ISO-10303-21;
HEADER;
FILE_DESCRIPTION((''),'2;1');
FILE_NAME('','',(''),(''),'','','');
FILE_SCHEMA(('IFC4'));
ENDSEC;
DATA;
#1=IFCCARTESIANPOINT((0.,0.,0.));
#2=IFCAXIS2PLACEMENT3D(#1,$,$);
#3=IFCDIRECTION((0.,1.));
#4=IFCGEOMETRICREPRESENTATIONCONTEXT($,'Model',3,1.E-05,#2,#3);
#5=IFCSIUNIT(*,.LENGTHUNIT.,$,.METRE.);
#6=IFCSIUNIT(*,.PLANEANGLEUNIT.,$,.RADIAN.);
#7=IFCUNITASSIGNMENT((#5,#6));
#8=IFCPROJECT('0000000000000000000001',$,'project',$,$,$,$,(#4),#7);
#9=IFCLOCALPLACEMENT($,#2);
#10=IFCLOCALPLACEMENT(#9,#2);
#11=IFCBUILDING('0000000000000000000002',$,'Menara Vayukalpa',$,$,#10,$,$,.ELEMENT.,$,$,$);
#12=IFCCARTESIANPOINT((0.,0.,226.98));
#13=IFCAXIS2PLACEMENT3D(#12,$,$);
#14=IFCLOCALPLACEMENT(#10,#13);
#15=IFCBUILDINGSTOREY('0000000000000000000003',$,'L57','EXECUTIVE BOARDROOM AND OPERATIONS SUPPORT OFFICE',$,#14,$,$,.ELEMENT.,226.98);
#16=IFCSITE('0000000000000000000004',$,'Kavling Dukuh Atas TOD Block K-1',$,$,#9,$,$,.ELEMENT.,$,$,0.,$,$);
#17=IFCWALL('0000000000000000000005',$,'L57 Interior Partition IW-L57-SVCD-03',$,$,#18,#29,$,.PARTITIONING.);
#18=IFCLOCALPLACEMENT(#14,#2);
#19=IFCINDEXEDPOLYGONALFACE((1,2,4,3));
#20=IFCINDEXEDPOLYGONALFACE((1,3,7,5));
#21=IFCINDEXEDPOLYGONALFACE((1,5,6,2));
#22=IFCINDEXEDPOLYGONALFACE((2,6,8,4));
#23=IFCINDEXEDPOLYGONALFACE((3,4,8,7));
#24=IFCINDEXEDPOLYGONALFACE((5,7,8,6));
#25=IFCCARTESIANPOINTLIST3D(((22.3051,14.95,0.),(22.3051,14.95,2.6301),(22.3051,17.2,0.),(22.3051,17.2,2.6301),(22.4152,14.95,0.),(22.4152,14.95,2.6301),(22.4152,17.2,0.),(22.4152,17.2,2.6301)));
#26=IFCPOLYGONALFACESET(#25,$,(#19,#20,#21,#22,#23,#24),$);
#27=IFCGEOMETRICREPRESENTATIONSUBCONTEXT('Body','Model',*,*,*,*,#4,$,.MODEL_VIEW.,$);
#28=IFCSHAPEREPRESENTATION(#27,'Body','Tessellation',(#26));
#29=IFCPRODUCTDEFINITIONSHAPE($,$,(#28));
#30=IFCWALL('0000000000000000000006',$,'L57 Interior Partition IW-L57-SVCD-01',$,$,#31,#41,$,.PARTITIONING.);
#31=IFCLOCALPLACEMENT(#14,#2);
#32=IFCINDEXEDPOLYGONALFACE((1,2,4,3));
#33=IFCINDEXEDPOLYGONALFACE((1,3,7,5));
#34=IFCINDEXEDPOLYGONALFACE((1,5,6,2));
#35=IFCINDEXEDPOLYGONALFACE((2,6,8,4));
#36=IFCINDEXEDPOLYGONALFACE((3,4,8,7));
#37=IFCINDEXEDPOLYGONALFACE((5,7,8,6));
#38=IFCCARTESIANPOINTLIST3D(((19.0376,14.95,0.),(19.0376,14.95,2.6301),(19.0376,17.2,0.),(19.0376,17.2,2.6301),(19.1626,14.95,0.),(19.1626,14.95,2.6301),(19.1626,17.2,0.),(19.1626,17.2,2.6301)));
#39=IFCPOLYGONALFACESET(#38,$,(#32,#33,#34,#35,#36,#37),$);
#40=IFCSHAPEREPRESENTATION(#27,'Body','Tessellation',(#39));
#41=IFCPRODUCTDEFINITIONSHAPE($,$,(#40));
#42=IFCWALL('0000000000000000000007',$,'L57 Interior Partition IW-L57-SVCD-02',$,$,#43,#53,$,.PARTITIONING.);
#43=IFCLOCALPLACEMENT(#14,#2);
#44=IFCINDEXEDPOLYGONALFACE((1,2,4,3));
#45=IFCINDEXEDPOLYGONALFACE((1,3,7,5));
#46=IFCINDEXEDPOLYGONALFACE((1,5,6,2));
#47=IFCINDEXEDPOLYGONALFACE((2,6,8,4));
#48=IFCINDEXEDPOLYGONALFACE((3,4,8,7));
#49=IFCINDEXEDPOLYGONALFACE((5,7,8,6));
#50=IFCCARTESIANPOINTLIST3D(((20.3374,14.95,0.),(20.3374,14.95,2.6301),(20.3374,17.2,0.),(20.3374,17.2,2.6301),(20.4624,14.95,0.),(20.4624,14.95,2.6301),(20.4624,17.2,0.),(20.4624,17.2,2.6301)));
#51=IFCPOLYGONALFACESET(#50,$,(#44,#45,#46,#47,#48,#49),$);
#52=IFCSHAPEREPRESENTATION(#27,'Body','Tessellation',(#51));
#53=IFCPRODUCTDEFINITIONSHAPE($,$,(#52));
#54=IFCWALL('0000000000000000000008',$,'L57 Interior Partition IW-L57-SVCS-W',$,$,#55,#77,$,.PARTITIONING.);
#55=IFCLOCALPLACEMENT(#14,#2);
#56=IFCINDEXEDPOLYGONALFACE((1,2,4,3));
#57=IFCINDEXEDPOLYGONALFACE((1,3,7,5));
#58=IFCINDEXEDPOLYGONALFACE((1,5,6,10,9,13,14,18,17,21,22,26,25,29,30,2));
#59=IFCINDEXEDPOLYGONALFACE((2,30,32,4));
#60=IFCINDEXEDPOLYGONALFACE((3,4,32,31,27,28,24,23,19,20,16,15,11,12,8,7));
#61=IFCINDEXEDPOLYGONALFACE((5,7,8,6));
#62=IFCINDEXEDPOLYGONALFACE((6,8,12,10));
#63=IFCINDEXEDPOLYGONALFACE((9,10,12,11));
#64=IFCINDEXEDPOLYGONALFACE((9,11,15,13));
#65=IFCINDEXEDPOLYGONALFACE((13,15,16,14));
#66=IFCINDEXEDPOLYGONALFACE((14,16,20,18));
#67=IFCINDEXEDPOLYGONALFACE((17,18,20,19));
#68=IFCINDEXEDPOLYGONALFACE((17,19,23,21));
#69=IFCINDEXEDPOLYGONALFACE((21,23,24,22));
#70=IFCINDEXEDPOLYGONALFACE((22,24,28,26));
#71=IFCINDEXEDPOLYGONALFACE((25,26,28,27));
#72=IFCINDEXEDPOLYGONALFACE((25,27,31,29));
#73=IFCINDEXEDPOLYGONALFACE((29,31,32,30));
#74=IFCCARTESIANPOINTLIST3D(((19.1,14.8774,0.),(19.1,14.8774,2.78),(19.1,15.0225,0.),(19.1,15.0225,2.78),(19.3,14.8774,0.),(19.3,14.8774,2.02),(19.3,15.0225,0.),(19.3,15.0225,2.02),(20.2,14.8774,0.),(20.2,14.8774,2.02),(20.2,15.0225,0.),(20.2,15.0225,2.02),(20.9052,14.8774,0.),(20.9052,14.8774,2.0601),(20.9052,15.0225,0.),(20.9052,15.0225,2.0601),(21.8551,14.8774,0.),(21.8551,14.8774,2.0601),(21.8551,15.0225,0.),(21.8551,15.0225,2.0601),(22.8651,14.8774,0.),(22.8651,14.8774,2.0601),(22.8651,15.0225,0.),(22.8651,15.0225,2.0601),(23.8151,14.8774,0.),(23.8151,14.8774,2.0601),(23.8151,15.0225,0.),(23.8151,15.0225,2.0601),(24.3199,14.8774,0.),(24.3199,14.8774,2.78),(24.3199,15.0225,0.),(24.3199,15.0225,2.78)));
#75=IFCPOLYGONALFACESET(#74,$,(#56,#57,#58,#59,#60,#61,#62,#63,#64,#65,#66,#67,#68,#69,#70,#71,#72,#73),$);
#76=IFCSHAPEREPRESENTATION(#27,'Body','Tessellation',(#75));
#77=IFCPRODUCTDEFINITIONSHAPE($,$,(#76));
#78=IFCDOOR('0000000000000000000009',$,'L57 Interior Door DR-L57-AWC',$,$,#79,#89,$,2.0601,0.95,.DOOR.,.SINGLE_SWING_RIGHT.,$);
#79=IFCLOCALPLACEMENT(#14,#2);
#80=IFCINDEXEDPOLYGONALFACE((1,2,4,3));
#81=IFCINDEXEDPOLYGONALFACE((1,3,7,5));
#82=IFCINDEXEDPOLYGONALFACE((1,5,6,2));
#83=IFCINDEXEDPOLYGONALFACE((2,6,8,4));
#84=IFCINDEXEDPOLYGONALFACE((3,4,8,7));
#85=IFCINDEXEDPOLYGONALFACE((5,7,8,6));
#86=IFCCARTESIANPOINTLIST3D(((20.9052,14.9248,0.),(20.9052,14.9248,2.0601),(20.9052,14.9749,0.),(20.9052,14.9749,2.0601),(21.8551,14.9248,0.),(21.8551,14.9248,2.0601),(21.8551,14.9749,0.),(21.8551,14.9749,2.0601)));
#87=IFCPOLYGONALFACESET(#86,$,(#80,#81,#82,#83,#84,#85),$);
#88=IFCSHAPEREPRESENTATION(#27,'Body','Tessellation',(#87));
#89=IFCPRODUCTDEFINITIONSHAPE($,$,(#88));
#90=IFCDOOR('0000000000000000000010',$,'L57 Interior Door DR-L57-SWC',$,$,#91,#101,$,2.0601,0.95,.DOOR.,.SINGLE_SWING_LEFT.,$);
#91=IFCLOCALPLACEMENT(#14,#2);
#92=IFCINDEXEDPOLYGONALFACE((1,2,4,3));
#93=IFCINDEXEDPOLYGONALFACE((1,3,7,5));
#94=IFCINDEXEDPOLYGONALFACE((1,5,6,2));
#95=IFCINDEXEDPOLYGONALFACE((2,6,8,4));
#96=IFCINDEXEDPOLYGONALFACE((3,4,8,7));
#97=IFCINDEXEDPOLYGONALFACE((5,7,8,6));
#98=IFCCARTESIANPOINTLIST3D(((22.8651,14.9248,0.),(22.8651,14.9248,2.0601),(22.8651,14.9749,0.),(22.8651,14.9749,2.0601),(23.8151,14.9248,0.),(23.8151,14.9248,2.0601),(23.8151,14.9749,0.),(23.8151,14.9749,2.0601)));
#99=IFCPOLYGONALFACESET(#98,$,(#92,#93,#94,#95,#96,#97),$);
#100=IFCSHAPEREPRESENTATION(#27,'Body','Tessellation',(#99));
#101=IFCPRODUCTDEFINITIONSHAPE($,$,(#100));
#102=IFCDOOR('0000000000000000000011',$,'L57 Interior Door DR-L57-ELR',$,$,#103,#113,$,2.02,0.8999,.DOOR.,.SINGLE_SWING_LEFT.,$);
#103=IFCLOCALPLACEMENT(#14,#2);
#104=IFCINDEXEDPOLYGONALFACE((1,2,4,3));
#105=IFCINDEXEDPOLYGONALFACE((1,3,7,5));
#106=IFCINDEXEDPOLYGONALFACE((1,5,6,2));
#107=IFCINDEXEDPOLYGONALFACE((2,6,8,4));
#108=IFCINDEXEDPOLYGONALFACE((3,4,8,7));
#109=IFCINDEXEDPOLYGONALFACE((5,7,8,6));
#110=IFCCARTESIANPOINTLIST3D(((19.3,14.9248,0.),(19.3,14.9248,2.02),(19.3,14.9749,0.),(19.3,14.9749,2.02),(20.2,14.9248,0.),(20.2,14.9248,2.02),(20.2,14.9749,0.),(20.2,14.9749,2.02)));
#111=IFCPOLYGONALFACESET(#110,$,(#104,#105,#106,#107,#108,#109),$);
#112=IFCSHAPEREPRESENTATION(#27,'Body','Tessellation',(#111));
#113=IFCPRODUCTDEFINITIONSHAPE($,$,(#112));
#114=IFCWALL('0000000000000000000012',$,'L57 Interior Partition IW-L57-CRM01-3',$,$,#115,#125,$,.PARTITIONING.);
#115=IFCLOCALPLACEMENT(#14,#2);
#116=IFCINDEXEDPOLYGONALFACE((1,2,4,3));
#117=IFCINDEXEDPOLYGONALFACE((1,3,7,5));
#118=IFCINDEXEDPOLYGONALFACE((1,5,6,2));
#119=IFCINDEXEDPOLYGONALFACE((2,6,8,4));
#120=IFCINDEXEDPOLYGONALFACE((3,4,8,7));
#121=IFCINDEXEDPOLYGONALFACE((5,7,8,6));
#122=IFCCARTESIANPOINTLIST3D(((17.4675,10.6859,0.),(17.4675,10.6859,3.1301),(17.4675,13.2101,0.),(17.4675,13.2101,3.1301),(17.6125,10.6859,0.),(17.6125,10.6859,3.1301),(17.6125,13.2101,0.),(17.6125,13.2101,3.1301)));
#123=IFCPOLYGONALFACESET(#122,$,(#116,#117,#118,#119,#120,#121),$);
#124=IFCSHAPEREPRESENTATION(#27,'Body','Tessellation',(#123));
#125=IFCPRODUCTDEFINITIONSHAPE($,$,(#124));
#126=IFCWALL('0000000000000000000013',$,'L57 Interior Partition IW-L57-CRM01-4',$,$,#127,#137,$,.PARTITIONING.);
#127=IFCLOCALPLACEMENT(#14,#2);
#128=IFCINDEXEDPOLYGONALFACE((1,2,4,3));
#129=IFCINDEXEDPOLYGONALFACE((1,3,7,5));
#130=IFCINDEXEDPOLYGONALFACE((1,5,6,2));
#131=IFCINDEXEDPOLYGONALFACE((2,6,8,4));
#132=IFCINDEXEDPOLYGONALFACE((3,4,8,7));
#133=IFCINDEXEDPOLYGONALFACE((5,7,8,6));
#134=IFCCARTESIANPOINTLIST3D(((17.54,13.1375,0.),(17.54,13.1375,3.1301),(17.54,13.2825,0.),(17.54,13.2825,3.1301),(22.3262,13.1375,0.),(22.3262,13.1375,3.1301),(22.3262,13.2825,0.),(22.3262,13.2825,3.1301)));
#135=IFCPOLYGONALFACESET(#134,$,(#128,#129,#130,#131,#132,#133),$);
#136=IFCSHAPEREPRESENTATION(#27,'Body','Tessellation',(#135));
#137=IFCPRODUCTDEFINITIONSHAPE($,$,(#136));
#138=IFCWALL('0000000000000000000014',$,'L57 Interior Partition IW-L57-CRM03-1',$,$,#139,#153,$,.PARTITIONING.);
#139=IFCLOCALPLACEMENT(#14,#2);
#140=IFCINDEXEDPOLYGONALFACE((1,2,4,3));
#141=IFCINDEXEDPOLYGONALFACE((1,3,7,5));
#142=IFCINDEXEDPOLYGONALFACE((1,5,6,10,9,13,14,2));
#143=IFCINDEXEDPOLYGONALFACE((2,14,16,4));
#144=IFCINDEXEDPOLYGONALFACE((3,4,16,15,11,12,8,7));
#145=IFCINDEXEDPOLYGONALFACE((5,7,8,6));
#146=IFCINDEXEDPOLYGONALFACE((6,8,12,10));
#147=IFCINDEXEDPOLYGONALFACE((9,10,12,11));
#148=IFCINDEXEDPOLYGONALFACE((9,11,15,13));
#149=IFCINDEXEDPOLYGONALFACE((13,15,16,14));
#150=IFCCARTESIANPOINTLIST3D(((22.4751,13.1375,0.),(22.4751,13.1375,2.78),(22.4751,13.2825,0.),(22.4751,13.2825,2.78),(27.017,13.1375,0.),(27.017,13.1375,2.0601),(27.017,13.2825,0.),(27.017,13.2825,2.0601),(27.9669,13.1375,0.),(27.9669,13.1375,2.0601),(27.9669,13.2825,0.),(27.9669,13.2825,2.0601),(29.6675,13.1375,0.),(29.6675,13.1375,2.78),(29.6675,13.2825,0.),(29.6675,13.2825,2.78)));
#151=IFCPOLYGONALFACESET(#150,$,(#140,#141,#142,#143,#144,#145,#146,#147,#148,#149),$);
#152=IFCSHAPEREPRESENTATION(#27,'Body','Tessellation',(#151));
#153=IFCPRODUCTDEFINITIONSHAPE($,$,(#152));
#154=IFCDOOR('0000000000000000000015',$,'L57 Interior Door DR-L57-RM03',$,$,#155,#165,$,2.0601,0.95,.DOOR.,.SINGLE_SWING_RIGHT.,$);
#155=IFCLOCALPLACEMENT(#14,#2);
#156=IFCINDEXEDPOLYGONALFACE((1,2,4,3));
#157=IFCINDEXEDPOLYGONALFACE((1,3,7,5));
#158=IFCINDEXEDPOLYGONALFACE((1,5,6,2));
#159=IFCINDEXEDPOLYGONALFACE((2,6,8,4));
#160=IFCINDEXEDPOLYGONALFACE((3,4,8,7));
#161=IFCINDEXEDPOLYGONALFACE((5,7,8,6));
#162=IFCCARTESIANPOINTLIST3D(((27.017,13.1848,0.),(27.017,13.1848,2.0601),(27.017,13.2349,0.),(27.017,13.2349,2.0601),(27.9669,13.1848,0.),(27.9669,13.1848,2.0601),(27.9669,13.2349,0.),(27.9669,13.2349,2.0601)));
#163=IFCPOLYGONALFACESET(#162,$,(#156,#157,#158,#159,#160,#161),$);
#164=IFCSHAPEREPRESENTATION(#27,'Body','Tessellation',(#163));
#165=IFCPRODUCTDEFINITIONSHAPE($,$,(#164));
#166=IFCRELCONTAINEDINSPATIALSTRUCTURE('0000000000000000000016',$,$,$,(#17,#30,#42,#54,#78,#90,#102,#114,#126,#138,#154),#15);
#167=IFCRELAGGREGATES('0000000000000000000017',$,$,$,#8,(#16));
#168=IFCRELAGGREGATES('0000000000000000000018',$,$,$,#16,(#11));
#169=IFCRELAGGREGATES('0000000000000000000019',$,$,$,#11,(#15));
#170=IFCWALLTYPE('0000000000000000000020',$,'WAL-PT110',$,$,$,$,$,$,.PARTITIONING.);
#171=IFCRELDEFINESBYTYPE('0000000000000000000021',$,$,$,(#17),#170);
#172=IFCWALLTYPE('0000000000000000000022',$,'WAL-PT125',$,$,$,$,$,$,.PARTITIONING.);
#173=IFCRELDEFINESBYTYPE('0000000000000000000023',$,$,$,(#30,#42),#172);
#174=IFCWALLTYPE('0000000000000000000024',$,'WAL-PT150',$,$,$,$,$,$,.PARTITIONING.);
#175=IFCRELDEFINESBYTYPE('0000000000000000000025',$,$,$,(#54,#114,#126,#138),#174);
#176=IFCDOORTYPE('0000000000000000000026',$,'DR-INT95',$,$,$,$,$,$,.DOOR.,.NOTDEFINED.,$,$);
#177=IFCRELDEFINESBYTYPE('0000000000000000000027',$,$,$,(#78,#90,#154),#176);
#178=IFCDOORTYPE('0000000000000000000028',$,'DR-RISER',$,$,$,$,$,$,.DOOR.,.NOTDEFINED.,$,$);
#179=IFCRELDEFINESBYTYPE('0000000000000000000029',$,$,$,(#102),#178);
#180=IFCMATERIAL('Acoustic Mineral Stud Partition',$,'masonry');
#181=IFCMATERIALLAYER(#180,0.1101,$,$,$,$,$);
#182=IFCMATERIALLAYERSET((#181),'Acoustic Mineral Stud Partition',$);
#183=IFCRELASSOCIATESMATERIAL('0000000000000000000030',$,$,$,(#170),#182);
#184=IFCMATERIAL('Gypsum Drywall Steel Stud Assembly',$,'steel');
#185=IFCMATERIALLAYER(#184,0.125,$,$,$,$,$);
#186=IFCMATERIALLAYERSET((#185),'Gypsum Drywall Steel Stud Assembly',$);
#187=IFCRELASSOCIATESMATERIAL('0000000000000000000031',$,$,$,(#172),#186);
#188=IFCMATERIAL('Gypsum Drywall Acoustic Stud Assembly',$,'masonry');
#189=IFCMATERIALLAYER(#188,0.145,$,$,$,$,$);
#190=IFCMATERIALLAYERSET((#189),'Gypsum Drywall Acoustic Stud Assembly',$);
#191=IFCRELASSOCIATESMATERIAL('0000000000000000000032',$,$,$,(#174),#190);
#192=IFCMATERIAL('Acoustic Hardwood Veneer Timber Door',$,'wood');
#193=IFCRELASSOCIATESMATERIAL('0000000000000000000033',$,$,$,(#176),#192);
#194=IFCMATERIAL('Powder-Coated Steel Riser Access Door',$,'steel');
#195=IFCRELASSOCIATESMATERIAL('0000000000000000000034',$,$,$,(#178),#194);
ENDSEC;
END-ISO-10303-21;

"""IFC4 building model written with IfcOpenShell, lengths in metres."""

from ifc_helpers import new_model, si_unit, direction, frame, frame_2d, origin, place, context, subcontext, project, spatial, rectangle, extrude, material, layer, layer_set, type_object, element, fill, save


model = new_model("IFC4")

# Units and contexts
model_context = context("Model", 3, precision=1e-05, world=origin(), true_north=direction((0.0, 1.0)))
body_context = subcontext(model_context, "Body", "Model", "MODEL_VIEW")
ifc_project = project(units=[si_unit("LENGTHUNIT", "METRE"), si_unit("PLANEANGLEUNIT", "RADIAN")], contexts=[model_context])

# Site, building, storey
site_placement = place(None, origin())
site = spatial("IfcSite", under=ifc_project, at=site_placement, Name="Kavling Dukuh Atas TOD Block K-1", CompositionType="ELEMENT", RefElevation=0.0)
building_placement = place(site_placement, origin())
building = spatial("IfcBuilding", under=site, at=building_placement, Name="Menara Vayukalpa", CompositionType="ELEMENT")
storey_placement = place(building_placement, frame((0.0, 0.0, 226.98)))
storey = spatial("IfcBuildingStorey", under=building, at=storey_placement, Name="L57", Description="EXECUTIVE BOARDROOM AND OPERATIONS SUPPORT OFFICE", CompositionType="ELEMENT", Elevation=226.98)

# Walls
ifc_material_1 = material(Name="Acoustic Mineral Stud Partition", Category="masonry")
ifc_layer_1 = layer(ifc_material_1, 0.1101)
ifc_layer_set_1 = layer_set([ifc_layer_1], Name="Acoustic Mineral Stud Partition")
wall_type_1 = type_object("IfcWallType", Name="WAL-PT110", PredefinedType="PARTITIONING", material=ifc_layer_set_1)
wall_1_placement = place(storey_placement, frame((22.3601, 14.95, 0.0), z_axis=(0.0, 0.0, 1.0), x_axis=(0.0, 1.0, 0.0)))
element("IfcWall", 1, at=wall_1_placement, inside=storey, type_object=wall_type_1, Name="L57 Interior Partition IW-L57-SVCD-03", PredefinedType="PARTITIONING", context=body_context, shape_type="SweptSolid", body=[
    extrude(rectangle(XDim=2.25, YDim=0.1101, at=frame_2d((1.125, 0.0))), origin(), (0.0, 0.0, 1.0), 2.6301),
])
ifc_material_2 = material(Name="Gypsum Drywall Steel Stud Assembly", Category="steel")
ifc_layer_2 = layer(ifc_material_2, 0.125)
ifc_layer_set_2 = layer_set([ifc_layer_2], Name="Gypsum Drywall Steel Stud Assembly")
wall_type_2 = type_object("IfcWallType", Name="WAL-PT125", PredefinedType="PARTITIONING", material=ifc_layer_set_2)
for number, where, z_axis, x_axis, name in (
    (2, (19.1001, 14.95, 0.0), (0.0, 0.0, 1.0), (0.0, 1.0, 0.0), "L57 Interior Partition IW-L57-SVCD-01"),
    (3, (20.3999, 14.95, 0.0), (0.0, 0.0, 1.0), (0.0, 1.0, 0.0), "L57 Interior Partition IW-L57-SVCD-02"),
):
    element("IfcWall", number, at=place(storey_placement, frame(where, z_axis=z_axis, x_axis=x_axis)), inside=storey, type_object=wall_type_2, Name=name, PredefinedType="PARTITIONING", context=body_context, shape_type="SweptSolid", body=[
        extrude(rectangle(XDim=2.25, YDim=0.125, at=frame_2d((1.125, 0.0))), origin(), (0.0, 0.0, 1.0), 2.6301),
    ])

# Wall, openings, doors
ifc_material_3 = material(Name="Gypsum Drywall Acoustic Stud Assembly", Category="masonry")
ifc_layer_3 = layer(ifc_material_3, 0.145)
ifc_layer_set_3 = layer_set([ifc_layer_3], Name="Gypsum Drywall Acoustic Stud Assembly")
wall_type_3 = type_object("IfcWallType", Name="WAL-PT150", PredefinedType="PARTITIONING", material=ifc_layer_set_3)
wall_2_placement = place(storey_placement, frame((19.1001, 14.95, 0.0), z_axis=(0.0, 0.0, 1.0), x_axis=(1.0, 0.0, 0.0)))
wall_2 = element("IfcWall", 4, at=wall_2_placement, inside=storey, type_object=wall_type_3, Name="L57 Interior Partition IW-L57-SVCS-W", PredefinedType="PARTITIONING", context=body_context, shape_type="SweptSolid", body=[
    extrude(rectangle(XDim=5.22, YDim=0.145, at=frame_2d((2.6099, 0.0))), origin(), (0.0, 0.0, 1.0), 2.78),
])
opening_1_placement = place(wall_2_placement, frame((0.2, 0.0, 0.0)))
opening_1 = element("IfcOpeningElement", 5, at=opening_1_placement, cuts=wall_2, PredefinedType="OPENING", context=body_context, shape_type="SweptSolid", body=[
    extrude(rectangle(XDim=0.8999, YDim=2.02, at=frame_2d((0.45, 1.01))), frame((0.0, 0.0825, 0.0), z_axis=(0.0, -1.0, 0.0), x_axis=(1.0, 0.0, 0.0)), (0.0, 0.0, 1.0), 0.165),
])
opening_2_placement = place(wall_2_placement, frame((1.8049, 0.0, 0.0)))
opening_2 = element("IfcOpeningElement", 6, at=opening_2_placement, cuts=wall_2, PredefinedType="OPENING", context=body_context, shape_type="SweptSolid", body=[
    extrude(rectangle(XDim=0.95, YDim=2.0601, at=frame_2d((0.4751, 1.03))), frame((0.0, 0.0825, 0.0), z_axis=(0.0, -1.0, 0.0), x_axis=(1.0, 0.0, 0.0)), (0.0, 0.0, 1.0), 0.165),
])
opening_3_placement = place(wall_2_placement, frame((3.7649, 0.0, 0.0)))
opening_3 = element("IfcOpeningElement", 7, at=opening_3_placement, cuts=wall_2, PredefinedType="OPENING", context=body_context, shape_type="SweptSolid", body=[
    extrude(rectangle(XDim=0.95, YDim=2.0601, at=frame_2d((0.4751, 1.03))), frame((0.0, 0.0825, 0.0), z_axis=(0.0, -1.0, 0.0), x_axis=(1.0, 0.0, 0.0)), (0.0, 0.0, 1.0), 0.165),
])
ifc_material_4 = material(Name="Acoustic Hardwood Veneer Timber Door", Category="wood")
door_type_1 = type_object("IfcDoorType", Name="DR-INT95", OperationType="NOTDEFINED", PredefinedType="DOOR", material=ifc_material_4)
door_1_placement = place(opening_2_placement, origin())
door_1 = element("IfcDoor", 8, at=door_1_placement, inside=storey, type_object=door_type_1, Name="L57 Interior Door DR-L57-AWC", OperationType="SINGLE_SWING_RIGHT", OverallHeight=2.0601, OverallWidth=0.95, PredefinedType="DOOR", context=body_context, shape_type="SweptSolid", body=[
    extrude(rectangle(XDim=0.95, YDim=2.0601, at=frame_2d((0.4751, 1.03))), frame((0.0, 0.0249, 0.0), z_axis=(0.0, -1.0, 0.0), x_axis=(1.0, 0.0, 0.0)), (0.0, 0.0, 1.0), 0.05),
])
fill(opening_2, door_1)
door_2_placement = place(opening_3_placement, origin())
door_2 = element("IfcDoor", 9, at=door_2_placement, inside=storey, type_object=door_type_1, Name="L57 Interior Door DR-L57-SWC", OperationType="SINGLE_SWING_LEFT", OverallHeight=2.0601, OverallWidth=0.95, PredefinedType="DOOR", context=body_context, shape_type="SweptSolid", body=[
    extrude(rectangle(XDim=0.95, YDim=2.0601, at=frame_2d((0.4751, 1.03))), frame((0.0, 0.0249, 0.0), z_axis=(0.0, -1.0, 0.0), x_axis=(1.0, 0.0, 0.0)), (0.0, 0.0, 1.0), 0.05),
])
fill(opening_3, door_2)
ifc_material_5 = material(Name="Powder-Coated Steel Riser Access Door", Category="steel")
door_type_2 = type_object("IfcDoorType", Name="DR-RISER", OperationType="NOTDEFINED", PredefinedType="DOOR", material=ifc_material_5)
door_3_placement = place(opening_1_placement, origin())
door_3 = element("IfcDoor", 10, at=door_3_placement, inside=storey, type_object=door_type_2, Name="L57 Interior Door DR-L57-ELR", OperationType="SINGLE_SWING_LEFT", OverallHeight=2.02, OverallWidth=0.8999, PredefinedType="DOOR", context=body_context, shape_type="SweptSolid", body=[
    extrude(rectangle(XDim=0.8999, YDim=2.02, at=frame_2d((0.45, 1.01))), frame((0.0, 0.0249, 0.0), z_axis=(0.0, -1.0, 0.0), x_axis=(1.0, 0.0, 0.0)), (0.0, 0.0, 1.0), 0.05),
])
fill(opening_1, door_3)

# Walls
wall_3_placement = place(storey_placement, frame((17.54, 10.6858, 0.0), z_axis=(0.0, 0.0, 1.0), x_axis=(0.0, 1.0, 0.0)))
element("IfcWall", 11, at=wall_3_placement, inside=storey, type_object=wall_type_3, Name="L57 Interior Partition IW-L57-CRM01-3", PredefinedType="PARTITIONING", context=body_context, shape_type="SweptSolid", body=[
    extrude(rectangle(XDim=2.5242, YDim=0.145, at=frame_2d((1.2622, 0.0))), origin(), (0.0, 0.0, 1.0), 3.1301),
])
wall_4_placement = place(storey_placement, frame((17.54, 13.21, 0.0), z_axis=(0.0, 0.0, 1.0), x_axis=(1.0, 0.0, 0.0)))
element("IfcWall", 12, at=wall_4_placement, inside=storey, type_object=wall_type_3, Name="L57 Interior Partition IW-L57-CRM01-4", PredefinedType="PARTITIONING", context=body_context, shape_type="SweptSolid", body=[
    extrude(rectangle(XDim=4.7861, YDim=0.145, at=frame_2d((2.3931, 0.0))), origin(), (0.0, 0.0, 1.0), 3.1301),
])

# Wall, opening, door
wall_5_placement = place(storey_placement, frame((22.4751, 13.21, 0.0), z_axis=(0.0, 0.0, 1.0), x_axis=(1.0, 0.0, 0.0)))
wall_5 = element("IfcWall", 13, at=wall_5_placement, inside=storey, type_object=wall_type_3, Name="L57 Interior Partition IW-L57-CRM03-1", PredefinedType="PARTITIONING", context=body_context, shape_type="SweptSolid", body=[
    extrude(rectangle(XDim=7.1924, YDim=0.145, at=frame_2d((3.5962, 0.0))), origin(), (0.0, 0.0, 1.0), 2.78),
])
opening_4_placement = place(wall_5_placement, frame((4.5417, 0.0, 0.0)))
opening_4 = element("IfcOpeningElement", 14, at=opening_4_placement, cuts=wall_5, PredefinedType="OPENING", context=body_context, shape_type="SweptSolid", body=[
    extrude(rectangle(XDim=0.95, YDim=2.0601, at=frame_2d((0.4751, 1.03))), frame((0.0, 0.0825, 0.0), z_axis=(0.0, -1.0, 0.0), x_axis=(1.0, 0.0, 0.0)), (0.0, 0.0, 1.0), 0.165),
])
door_4_placement = place(opening_4_placement, origin())
door_4 = element("IfcDoor", 15, at=door_4_placement, inside=storey, type_object=door_type_1, Name="L57 Interior Door DR-L57-RM03", OperationType="SINGLE_SWING_RIGHT", OverallHeight=2.0601, OverallWidth=0.95, PredefinedType="DOOR", context=body_context, shape_type="SweptSolid", body=[
    extrude(rectangle(XDim=0.95, YDim=2.0601, at=frame_2d((0.4751, 1.03))), frame((0.0, 0.0249, 0.0), z_axis=(0.0, -1.0, 0.0), x_axis=(1.0, 0.0, 0.0)), (0.0, 0.0, 1.0), 0.05),
])
fill(opening_4, door_4)

save(model, "model.ifc")
